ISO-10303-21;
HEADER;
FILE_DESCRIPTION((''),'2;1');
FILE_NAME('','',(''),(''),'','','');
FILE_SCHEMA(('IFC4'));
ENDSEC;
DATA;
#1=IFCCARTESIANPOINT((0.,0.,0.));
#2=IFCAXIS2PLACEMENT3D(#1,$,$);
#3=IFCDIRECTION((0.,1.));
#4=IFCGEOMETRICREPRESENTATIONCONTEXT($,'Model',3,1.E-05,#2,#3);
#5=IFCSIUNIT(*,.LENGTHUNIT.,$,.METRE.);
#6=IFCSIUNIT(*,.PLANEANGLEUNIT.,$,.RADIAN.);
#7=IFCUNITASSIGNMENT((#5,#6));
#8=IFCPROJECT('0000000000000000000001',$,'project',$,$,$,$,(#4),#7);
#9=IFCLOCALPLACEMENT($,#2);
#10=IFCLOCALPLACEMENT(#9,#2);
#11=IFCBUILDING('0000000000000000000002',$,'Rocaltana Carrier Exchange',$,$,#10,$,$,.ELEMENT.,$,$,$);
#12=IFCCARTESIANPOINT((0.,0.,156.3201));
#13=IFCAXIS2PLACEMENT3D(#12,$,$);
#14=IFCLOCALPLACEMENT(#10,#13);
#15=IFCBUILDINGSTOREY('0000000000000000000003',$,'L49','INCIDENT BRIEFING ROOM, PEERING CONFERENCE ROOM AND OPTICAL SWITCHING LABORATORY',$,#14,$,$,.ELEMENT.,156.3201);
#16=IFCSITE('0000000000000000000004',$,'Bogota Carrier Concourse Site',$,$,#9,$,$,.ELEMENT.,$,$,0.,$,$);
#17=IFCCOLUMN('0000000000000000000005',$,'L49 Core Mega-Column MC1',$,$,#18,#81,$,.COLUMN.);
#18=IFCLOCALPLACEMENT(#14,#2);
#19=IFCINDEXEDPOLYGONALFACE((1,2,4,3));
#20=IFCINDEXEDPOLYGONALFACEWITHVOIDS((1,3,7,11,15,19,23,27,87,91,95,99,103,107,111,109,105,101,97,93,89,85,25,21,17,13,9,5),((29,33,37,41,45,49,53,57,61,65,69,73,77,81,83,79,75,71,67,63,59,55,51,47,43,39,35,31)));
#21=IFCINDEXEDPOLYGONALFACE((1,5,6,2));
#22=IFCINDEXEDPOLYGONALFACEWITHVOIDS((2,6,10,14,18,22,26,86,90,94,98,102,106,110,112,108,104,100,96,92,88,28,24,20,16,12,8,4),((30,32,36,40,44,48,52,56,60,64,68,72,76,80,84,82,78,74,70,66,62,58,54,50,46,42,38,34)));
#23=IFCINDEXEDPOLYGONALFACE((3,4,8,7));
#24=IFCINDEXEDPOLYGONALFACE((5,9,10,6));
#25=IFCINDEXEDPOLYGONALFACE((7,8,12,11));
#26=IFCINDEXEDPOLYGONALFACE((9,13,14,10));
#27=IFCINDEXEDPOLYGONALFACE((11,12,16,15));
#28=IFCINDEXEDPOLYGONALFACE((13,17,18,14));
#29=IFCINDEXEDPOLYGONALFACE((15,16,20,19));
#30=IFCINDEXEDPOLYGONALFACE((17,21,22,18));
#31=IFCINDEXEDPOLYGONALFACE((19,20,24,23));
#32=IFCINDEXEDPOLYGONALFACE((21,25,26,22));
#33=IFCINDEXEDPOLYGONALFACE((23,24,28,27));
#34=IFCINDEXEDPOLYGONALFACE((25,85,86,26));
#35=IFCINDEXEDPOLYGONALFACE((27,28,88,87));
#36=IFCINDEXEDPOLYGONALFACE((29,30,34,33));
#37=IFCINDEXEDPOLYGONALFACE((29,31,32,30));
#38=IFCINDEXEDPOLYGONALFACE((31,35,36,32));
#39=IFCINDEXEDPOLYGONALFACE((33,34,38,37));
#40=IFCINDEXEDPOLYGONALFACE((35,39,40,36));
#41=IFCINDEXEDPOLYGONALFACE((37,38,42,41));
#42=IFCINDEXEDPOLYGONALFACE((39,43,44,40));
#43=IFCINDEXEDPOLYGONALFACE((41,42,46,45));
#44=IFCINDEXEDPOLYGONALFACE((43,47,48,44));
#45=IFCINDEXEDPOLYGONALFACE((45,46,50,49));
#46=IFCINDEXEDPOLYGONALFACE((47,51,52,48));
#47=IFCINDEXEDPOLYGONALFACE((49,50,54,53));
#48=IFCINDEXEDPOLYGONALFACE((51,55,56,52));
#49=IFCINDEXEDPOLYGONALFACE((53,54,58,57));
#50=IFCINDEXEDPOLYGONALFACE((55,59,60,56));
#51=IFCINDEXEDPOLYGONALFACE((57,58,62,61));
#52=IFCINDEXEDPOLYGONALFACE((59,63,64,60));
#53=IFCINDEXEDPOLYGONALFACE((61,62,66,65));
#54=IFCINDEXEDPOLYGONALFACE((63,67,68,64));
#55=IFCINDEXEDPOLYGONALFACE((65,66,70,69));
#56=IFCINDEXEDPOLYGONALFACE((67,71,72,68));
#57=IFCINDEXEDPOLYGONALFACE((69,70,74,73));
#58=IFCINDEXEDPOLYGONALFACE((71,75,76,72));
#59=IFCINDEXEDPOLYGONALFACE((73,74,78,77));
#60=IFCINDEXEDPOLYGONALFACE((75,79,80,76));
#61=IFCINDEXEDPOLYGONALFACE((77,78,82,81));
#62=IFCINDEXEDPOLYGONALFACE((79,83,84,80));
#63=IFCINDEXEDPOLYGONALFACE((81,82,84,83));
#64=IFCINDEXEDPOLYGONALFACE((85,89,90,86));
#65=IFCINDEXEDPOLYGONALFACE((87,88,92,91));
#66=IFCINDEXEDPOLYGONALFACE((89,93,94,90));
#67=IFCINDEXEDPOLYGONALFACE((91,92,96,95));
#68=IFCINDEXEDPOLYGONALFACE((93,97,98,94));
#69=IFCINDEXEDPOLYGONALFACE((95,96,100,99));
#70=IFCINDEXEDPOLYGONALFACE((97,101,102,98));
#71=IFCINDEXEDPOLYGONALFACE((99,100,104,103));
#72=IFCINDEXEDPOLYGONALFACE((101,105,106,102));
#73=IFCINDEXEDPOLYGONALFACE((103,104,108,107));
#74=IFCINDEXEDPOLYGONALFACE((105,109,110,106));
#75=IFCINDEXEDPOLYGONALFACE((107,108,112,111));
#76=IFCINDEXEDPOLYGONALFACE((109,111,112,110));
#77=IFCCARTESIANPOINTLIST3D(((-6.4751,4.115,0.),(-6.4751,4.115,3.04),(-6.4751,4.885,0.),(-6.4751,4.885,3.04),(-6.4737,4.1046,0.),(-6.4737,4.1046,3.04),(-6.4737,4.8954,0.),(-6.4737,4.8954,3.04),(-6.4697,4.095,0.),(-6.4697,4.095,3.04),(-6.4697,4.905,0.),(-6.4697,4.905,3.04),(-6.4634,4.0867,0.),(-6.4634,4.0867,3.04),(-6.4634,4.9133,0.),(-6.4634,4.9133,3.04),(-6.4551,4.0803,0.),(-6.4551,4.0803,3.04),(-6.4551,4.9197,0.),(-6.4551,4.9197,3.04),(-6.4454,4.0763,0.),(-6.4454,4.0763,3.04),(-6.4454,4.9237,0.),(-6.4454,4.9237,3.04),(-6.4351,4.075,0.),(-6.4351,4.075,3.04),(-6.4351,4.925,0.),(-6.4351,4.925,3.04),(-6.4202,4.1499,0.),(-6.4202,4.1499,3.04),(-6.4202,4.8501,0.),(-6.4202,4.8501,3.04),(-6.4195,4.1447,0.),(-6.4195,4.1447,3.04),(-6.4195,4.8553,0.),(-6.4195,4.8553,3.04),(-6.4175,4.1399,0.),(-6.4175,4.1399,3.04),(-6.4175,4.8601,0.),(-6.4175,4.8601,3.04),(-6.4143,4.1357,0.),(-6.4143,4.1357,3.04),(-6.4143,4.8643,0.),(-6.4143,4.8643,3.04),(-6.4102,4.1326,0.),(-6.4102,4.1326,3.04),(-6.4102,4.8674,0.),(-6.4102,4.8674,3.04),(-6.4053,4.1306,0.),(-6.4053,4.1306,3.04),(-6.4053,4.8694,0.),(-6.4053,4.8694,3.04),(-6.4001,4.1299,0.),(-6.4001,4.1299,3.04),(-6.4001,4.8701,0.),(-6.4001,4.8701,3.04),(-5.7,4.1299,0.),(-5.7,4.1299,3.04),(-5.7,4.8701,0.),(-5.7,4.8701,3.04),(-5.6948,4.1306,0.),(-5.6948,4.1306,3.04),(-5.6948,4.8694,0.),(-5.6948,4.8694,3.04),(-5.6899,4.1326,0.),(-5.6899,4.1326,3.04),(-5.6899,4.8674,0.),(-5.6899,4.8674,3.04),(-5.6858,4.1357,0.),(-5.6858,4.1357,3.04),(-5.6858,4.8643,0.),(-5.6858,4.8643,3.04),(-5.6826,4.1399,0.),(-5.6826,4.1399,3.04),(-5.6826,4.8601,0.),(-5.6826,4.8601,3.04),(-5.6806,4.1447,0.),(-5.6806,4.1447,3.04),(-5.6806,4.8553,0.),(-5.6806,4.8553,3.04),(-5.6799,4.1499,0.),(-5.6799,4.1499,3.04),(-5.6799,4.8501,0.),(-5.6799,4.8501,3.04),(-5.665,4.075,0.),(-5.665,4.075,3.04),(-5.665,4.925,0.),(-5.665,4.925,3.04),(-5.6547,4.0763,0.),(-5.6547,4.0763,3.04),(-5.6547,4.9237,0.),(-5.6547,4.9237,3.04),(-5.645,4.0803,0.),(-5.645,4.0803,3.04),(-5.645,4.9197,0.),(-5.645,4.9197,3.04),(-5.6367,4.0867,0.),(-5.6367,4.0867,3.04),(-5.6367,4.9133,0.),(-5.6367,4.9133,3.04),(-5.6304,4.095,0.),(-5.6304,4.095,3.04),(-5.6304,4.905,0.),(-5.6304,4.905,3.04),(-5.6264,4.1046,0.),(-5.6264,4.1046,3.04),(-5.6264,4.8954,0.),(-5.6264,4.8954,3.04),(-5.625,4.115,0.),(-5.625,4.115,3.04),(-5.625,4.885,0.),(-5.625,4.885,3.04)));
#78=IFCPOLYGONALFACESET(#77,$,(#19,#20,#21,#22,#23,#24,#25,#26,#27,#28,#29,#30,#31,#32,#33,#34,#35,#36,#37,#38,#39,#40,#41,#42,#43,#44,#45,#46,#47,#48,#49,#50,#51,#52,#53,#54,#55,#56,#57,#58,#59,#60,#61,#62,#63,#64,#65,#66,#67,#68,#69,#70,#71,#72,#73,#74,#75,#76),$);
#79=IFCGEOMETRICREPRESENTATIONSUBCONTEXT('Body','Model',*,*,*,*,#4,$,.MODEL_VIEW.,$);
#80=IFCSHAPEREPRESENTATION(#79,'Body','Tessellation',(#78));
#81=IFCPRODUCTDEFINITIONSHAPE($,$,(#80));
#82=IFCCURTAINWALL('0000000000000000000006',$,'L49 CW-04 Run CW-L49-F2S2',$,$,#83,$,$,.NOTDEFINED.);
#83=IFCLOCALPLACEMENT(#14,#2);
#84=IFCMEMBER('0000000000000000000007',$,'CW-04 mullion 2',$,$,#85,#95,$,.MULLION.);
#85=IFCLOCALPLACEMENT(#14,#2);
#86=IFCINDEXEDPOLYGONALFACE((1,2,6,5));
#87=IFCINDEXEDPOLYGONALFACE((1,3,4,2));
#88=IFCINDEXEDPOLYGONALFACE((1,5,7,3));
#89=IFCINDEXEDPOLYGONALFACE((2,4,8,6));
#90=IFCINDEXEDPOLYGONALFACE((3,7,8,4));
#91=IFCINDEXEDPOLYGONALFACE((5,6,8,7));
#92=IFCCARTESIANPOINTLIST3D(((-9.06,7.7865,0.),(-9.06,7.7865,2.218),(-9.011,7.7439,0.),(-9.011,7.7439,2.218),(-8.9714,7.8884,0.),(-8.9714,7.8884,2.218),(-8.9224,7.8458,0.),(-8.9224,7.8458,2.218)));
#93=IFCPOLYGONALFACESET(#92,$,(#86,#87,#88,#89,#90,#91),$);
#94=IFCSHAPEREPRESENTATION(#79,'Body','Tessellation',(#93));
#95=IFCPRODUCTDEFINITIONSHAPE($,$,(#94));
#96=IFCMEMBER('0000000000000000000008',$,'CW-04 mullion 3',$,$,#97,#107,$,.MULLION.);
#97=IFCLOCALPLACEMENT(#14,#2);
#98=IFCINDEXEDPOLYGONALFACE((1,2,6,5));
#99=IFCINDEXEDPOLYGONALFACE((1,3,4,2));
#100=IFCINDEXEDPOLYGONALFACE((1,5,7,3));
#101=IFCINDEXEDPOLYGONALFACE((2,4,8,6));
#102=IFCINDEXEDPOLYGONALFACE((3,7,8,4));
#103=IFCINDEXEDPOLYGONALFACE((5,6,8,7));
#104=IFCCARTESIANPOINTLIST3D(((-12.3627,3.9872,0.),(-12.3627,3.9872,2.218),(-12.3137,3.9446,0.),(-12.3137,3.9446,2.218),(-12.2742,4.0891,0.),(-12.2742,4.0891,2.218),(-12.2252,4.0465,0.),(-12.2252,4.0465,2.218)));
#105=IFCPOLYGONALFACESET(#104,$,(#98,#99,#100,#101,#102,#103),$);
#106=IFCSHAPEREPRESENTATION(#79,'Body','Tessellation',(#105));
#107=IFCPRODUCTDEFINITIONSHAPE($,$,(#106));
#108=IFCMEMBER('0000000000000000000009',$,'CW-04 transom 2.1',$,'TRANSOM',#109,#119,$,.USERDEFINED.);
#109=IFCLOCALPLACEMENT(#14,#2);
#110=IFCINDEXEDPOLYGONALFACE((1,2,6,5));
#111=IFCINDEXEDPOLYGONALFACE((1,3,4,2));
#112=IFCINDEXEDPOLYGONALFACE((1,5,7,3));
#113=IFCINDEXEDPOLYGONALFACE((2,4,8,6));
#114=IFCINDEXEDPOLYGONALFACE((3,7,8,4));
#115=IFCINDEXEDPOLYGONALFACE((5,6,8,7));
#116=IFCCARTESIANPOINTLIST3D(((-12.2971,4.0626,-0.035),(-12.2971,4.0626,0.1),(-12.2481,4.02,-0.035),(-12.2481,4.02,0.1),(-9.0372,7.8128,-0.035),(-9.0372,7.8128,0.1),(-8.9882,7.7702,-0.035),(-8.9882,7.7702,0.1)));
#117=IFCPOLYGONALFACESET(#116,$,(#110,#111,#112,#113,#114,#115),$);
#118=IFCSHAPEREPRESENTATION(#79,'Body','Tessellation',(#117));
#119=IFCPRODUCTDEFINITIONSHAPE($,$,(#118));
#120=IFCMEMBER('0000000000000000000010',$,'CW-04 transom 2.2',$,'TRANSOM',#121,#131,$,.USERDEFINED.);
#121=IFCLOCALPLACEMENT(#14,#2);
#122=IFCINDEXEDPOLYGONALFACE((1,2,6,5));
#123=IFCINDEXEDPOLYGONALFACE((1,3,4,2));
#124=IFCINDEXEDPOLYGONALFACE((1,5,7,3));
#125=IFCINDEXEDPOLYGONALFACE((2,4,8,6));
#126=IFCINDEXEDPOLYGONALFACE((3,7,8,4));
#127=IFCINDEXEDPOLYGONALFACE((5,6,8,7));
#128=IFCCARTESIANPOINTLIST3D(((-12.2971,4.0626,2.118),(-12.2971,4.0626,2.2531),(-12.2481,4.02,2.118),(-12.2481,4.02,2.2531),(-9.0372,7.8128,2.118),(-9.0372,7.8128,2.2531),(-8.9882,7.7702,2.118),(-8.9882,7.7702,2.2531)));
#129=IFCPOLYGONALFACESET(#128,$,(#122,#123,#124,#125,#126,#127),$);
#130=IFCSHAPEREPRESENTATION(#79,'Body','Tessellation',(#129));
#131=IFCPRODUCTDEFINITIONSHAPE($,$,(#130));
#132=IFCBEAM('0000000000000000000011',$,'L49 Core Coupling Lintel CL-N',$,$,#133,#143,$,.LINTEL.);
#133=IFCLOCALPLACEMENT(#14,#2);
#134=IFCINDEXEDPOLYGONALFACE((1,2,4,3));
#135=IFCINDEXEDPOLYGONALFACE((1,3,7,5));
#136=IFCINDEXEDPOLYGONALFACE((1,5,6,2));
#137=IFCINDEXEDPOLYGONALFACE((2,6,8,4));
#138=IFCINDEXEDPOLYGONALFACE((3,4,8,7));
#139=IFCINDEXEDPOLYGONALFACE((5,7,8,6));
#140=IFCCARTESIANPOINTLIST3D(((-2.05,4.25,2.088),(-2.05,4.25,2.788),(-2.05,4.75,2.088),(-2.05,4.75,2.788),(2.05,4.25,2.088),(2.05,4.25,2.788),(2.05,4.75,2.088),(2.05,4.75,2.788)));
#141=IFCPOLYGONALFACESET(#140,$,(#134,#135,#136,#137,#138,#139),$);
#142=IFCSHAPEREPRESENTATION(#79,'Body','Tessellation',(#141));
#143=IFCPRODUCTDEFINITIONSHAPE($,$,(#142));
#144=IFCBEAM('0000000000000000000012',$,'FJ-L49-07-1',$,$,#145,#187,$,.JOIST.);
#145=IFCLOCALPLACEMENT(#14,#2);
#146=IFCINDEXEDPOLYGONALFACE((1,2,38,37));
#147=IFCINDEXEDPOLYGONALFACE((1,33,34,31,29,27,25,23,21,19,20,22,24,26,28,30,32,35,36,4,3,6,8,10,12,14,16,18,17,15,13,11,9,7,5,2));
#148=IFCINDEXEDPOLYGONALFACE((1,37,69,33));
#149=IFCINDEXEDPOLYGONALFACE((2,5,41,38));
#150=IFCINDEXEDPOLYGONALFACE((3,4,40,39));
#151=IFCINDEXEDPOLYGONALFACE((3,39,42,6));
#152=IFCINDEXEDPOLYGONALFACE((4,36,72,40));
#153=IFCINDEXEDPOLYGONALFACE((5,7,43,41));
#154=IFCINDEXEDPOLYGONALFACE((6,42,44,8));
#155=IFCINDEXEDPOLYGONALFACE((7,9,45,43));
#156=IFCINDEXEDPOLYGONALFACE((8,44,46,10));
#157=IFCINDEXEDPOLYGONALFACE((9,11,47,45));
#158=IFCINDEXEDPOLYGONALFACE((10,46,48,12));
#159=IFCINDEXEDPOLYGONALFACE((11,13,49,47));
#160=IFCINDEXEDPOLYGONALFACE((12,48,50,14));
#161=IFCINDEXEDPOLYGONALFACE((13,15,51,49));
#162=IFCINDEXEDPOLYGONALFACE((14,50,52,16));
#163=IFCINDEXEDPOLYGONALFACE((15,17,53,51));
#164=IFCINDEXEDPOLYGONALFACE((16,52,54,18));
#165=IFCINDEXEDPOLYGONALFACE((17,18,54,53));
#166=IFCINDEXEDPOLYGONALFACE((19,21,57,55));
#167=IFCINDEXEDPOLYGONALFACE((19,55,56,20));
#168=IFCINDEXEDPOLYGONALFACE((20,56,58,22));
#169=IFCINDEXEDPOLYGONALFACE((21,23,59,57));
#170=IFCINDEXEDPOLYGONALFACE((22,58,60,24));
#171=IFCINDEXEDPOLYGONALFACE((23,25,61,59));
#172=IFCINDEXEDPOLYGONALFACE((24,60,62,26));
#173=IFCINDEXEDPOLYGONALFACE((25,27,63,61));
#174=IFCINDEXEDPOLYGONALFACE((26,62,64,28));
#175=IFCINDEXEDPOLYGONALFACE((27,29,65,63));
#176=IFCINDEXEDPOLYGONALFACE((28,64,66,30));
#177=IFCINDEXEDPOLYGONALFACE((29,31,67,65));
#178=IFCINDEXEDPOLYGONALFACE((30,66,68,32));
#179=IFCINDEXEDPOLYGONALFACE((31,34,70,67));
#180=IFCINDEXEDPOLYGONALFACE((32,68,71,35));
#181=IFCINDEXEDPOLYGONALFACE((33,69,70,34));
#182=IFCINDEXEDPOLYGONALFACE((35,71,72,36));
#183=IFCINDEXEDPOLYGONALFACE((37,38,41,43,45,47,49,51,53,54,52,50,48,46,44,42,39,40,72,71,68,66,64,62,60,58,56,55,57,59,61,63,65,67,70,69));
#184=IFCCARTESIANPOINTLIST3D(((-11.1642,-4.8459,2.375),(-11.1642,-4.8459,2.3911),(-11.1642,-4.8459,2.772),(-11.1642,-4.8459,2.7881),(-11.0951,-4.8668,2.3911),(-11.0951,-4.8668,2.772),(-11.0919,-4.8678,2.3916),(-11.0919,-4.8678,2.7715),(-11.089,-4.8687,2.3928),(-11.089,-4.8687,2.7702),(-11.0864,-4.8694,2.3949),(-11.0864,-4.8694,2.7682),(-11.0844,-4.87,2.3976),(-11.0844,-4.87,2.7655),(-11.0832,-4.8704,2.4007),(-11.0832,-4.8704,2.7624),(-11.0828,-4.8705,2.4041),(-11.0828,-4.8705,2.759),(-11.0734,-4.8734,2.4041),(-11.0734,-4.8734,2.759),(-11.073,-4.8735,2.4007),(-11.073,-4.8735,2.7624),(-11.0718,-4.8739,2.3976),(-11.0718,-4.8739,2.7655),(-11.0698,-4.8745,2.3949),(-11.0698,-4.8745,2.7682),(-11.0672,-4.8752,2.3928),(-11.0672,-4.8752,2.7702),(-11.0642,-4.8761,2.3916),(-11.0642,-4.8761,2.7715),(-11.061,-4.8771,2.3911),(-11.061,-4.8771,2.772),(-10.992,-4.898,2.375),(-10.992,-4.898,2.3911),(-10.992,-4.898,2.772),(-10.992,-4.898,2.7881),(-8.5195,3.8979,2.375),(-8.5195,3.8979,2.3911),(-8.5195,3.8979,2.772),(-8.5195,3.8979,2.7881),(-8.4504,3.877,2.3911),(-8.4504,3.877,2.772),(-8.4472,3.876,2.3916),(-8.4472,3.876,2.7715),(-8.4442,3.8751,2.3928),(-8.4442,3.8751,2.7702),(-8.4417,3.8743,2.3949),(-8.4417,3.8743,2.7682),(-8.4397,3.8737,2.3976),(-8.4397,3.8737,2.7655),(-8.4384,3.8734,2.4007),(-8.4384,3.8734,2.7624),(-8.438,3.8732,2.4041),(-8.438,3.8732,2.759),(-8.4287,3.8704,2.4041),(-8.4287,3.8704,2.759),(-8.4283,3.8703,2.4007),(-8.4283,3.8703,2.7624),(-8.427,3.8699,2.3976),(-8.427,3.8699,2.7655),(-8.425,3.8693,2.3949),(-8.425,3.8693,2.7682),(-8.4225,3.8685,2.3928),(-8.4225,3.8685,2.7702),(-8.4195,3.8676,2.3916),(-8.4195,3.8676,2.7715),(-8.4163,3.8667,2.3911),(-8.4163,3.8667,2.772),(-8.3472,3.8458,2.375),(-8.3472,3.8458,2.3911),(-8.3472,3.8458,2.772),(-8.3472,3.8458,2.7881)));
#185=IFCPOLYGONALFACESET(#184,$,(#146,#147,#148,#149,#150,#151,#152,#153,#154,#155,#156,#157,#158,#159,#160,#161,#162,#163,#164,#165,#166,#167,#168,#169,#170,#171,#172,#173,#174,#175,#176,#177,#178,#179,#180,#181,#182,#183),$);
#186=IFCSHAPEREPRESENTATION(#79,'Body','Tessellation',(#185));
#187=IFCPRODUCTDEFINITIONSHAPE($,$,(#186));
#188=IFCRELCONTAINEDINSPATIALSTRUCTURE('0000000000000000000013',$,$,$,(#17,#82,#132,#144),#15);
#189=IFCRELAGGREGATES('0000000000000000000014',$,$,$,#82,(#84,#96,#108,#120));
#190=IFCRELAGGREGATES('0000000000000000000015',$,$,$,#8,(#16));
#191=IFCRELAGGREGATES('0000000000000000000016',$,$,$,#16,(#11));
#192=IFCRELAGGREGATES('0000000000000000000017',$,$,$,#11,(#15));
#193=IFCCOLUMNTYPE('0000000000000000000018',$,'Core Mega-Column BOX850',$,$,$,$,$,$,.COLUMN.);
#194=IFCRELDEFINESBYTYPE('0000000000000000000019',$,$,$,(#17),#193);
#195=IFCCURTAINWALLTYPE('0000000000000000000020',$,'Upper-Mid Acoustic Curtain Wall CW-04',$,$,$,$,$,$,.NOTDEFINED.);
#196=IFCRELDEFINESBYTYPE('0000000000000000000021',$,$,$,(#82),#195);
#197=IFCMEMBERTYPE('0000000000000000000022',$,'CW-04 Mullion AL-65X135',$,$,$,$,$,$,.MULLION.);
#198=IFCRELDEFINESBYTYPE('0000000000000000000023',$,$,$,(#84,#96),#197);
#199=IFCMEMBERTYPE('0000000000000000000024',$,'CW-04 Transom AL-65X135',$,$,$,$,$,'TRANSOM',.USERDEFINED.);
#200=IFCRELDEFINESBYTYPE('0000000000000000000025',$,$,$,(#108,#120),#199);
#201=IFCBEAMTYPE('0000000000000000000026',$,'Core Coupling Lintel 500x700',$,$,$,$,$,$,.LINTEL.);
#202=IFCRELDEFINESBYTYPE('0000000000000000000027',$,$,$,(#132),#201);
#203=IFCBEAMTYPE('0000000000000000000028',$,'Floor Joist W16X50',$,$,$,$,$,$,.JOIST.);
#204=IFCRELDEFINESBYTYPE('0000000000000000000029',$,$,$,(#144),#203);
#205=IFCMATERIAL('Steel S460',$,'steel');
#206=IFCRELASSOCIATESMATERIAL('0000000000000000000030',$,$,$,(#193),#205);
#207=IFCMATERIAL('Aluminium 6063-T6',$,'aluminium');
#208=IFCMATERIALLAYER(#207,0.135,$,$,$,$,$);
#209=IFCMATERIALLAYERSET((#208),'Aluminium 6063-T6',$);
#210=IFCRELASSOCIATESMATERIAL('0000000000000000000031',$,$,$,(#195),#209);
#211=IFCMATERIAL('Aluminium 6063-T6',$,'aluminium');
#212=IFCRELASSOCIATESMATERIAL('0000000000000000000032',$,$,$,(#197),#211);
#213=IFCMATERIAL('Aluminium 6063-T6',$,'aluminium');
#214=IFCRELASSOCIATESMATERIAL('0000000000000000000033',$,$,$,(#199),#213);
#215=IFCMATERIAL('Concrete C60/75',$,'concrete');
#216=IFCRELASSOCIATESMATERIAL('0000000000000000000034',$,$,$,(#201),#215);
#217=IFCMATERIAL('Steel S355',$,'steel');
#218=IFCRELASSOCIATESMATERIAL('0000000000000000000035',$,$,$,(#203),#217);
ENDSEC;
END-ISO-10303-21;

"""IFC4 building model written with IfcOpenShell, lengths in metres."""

from ifc_helpers import new_model, si_unit, direction, frame, origin, origin_2d, place, context, subcontext, project, spatial, rectangle, hollow_rectangle, i_section, extrude, material, layer, layer_set, material_profile, profile_set, type_object, element, aggregate, save


model = new_model("IFC4")

# Units and contexts
model_context = context("Model", 3, precision=1e-05, world=origin(), true_north=direction((0.0, 1.0)))
body_context = subcontext(model_context, "Body", "Model", "MODEL_VIEW")
ifc_project = project(units=[si_unit("LENGTHUNIT", "METRE"), si_unit("PLANEANGLEUNIT", "RADIAN")], contexts=[model_context])

# Site, building, storey
site_placement = place(None, origin())
site = spatial("IfcSite", under=ifc_project, at=site_placement, Name="Bogota Carrier Concourse Site", CompositionType="ELEMENT", RefElevation=0.0)
building_placement = place(site_placement, origin())
building = spatial("IfcBuilding", under=site, at=building_placement, Name="Rocaltana Carrier Exchange", CompositionType="ELEMENT")
storey_placement = place(building_placement, frame((0.0, 0.0, 156.3201)))
storey = spatial("IfcBuildingStorey", under=building, at=storey_placement, Name="L49", Description="INCIDENT BRIEFING ROOM, PEERING CONFERENCE ROOM AND OPTICAL SWITCHING LABORATORY", CompositionType="ELEMENT", Elevation=156.3201)

# Column
ifc_material_1 = material(Name="Steel S460", Category="steel")
ifc_material_profile_1 = material_profile(ifc_material_1, hollow_rectangle(XDim=0.8501, YDim=0.8501, WallThickness=0.0549, InnerFilletRadius=0.02, OuterFilletRadius=0.04, at=origin_2d()), Name="BOX850X850X55")
ifc_profile_set_1 = profile_set([ifc_material_profile_1], Name="Steel S460")
column_type = type_object("IfcColumnType", Name="Core Mega-Column BOX850", PredefinedType="COLUMN", material=ifc_profile_set_1)
column_placement = place(storey_placement, frame((-6.05, 4.5, 0.0), z_axis=(0.0, 0.0, 1.0), x_axis=(1.0, 0.0, 0.0)))
element("IfcColumn", 1, at=column_placement, inside=storey, type_object=column_type, Name="L49 Core Mega-Column MC1", PredefinedType="COLUMN", context=body_context, shape_type="SweptSolid", body=[
    extrude(hollow_rectangle(XDim=0.8501, YDim=0.8501, WallThickness=0.0549, InnerFilletRadius=0.02, OuterFilletRadius=0.04, at=origin_2d()), origin(), (0.0, 0.0, 1.0), 3.04),
])

# Curtain wall, members
ifc_material_2 = material(Name="Aluminium 6063-T6", Category="aluminium")
ifc_layer_1 = layer(ifc_material_2, 0.135)
ifc_layer_set_1 = layer_set([ifc_layer_1], Name="Aluminium 6063-T6")
curtain_wall_type = type_object("IfcCurtainWallType", Name="Upper-Mid Acoustic Curtain Wall CW-04", PredefinedType="NOTDEFINED", material=ifc_layer_set_1)
curtain_wall_placement = place(storey_placement, origin())
curtain_wall = element("IfcCurtainWall", 2, at=curtain_wall_placement, inside=storey, type_object=curtain_wall_type, Name="L49 CW-04 Run CW-L49-F2S2", PredefinedType="NOTDEFINED")
ifc_material_3 = material(Name="Aluminium 6063-T6", Category="aluminium")
ifc_material_profile_2 = material_profile(ifc_material_3, rectangle(XDim=0.0649, YDim=0.135, at=origin_2d()), Name="AL-65X135")
ifc_profile_set_2 = profile_set([ifc_material_profile_2], Name="Aluminium 6063-T6")
member_type_1 = type_object("IfcMemberType", Name="CW-04 Mullion AL-65X135", PredefinedType="MULLION", material=ifc_profile_set_2)
member_1_placement = place(storey_placement, frame((-8.9912, 7.8162, 0.0), z_axis=(0.0, 0.0, 1.0), x_axis=(0.754712, -0.656057, 0.0)))
member_1 = element("IfcMember", 3, at=member_1_placement, type_object=member_type_1, Name="CW-04 mullion 2", PredefinedType="MULLION", context=body_context, shape_type="SweptSolid", body=[
    extrude(rectangle(XDim=0.0649, YDim=0.135, at=origin_2d()), origin(), (0.0, 0.0, 1.0), 2.218),
])
member_2_placement = place(storey_placement, frame((-12.2939, 4.0168, 0.0), z_axis=(0.0, 0.0, 1.0), x_axis=(0.754712, -0.656057, 0.0)))
member_2 = element("IfcMember", 4, at=member_2_placement, type_object=member_type_1, Name="CW-04 mullion 3", PredefinedType="MULLION", context=body_context, shape_type="SweptSolid", body=[
    extrude(rectangle(XDim=0.0649, YDim=0.135, at=origin_2d()), origin(), (0.0, 0.0, 1.0), 2.218),
])
ifc_material_4 = material(Name="Aluminium 6063-T6", Category="aluminium")
ifc_material_profile_3 = material_profile(ifc_material_4, rectangle(XDim=0.0649, YDim=0.135, at=origin_2d()), Name="AL-65X135")
ifc_profile_set_3 = profile_set([ifc_material_profile_3], Name="Aluminium 6063-T6")
member_type_2 = type_object("IfcMemberType", Name="CW-04 Transom AL-65X135", ElementType="TRANSOM", PredefinedType="USERDEFINED", material=ifc_profile_set_3)
member_3_placement = place(storey_placement, frame((-9.0127, 7.7915, 0.0325), z_axis=(-0.656056, -0.754712, 0.0), x_axis=(0.754712, -0.656056, 0.0)))
member_3 = element("IfcMember", 5, at=member_3_placement, type_object=member_type_2, Name="CW-04 transom 2.1", ObjectType="TRANSOM", PredefinedType="USERDEFINED", context=body_context, shape_type="SweptSolid", body=[
    extrude(rectangle(XDim=0.0649, YDim=0.135, at=origin_2d()), origin(), (0.0, 0.0, 1.0), 4.969),
])
member_4_placement = place(storey_placement, frame((-9.0127, 7.7915, 2.1855), z_axis=(-0.656056, -0.754712, 0.0), x_axis=(0.754712, -0.656056, 0.0)))
member_4 = element("IfcMember", 6, at=member_4_placement, type_object=member_type_2, Name="CW-04 transom 2.2", ObjectType="TRANSOM", PredefinedType="USERDEFINED", context=body_context, shape_type="SweptSolid", body=[
    extrude(rectangle(XDim=0.0649, YDim=0.135, at=origin_2d()), origin(), (0.0, 0.0, 1.0), 4.969),
])

# Beams
ifc_material_5 = material(Name="Concrete C60/75", Category="concrete")
ifc_material_profile_4 = material_profile(ifc_material_5, rectangle(XDim=0.5, YDim=0.7, at=origin_2d()), Name="RC-BM-500X700")
ifc_profile_set_4 = profile_set([ifc_material_profile_4], Name="Concrete C60/75")
beam_type_1 = type_object("IfcBeamType", Name="Core Coupling Lintel 500x700", PredefinedType="LINTEL", material=ifc_profile_set_4)
beam_1_placement = place(storey_placement, frame((-2.05, 4.5, 2.438), z_axis=(1.0, 0.0, 0.0), x_axis=(0.0, 1.0, 0.0)))
element("IfcBeam", 7, at=beam_1_placement, inside=storey, type_object=beam_type_1, Name="L49 Core Coupling Lintel CL-N", PredefinedType="LINTEL", context=body_context, shape_type="SweptSolid", body=[
    extrude(rectangle(XDim=0.5, YDim=0.7, at=origin_2d()), origin(), (0.0, 0.0, 1.0), 4.1001),
])
ifc_material_6 = material(Name="Steel S355", Category="steel")
ifc_material_profile_5 = material_profile(ifc_material_6, i_section(OverallWidth=0.1799, OverallDepth=0.4131, WebThickness=0.0098, FlangeThickness=0.0161, FilletRadius=0.0129, at=origin_2d()), Name="W16X50")
ifc_profile_set_5 = profile_set([ifc_material_profile_5], Name="Steel S355")
beam_type_2 = type_object("IfcBeamType", Name="Floor Joist W16X50", PredefinedType="JOIST", material=ifc_profile_set_5)
beam_2_placement = place(storey_placement, frame((-8.4333, 3.8718, 2.5815), z_axis=(-0.289517, -0.957173, 0.0), x_axis=(0.957173, -0.289517, 0.0)))
element("IfcBeam", 8, at=beam_2_placement, inside=storey, type_object=beam_type_2, Name="FJ-L49-07-1", PredefinedType="JOIST", context=body_context, shape_type="SweptSolid", body=[
    extrude(i_section(OverallWidth=0.1799, OverallDepth=0.4131, WebThickness=0.0098, FlangeThickness=0.0161, FilletRadius=0.0129, at=origin_2d()), origin(), (0.0, 0.0, 1.0), 9.135),
])

aggregate(curtain_wall, [member_1, member_2, member_3, member_4])

save(model, "model.ifc")
